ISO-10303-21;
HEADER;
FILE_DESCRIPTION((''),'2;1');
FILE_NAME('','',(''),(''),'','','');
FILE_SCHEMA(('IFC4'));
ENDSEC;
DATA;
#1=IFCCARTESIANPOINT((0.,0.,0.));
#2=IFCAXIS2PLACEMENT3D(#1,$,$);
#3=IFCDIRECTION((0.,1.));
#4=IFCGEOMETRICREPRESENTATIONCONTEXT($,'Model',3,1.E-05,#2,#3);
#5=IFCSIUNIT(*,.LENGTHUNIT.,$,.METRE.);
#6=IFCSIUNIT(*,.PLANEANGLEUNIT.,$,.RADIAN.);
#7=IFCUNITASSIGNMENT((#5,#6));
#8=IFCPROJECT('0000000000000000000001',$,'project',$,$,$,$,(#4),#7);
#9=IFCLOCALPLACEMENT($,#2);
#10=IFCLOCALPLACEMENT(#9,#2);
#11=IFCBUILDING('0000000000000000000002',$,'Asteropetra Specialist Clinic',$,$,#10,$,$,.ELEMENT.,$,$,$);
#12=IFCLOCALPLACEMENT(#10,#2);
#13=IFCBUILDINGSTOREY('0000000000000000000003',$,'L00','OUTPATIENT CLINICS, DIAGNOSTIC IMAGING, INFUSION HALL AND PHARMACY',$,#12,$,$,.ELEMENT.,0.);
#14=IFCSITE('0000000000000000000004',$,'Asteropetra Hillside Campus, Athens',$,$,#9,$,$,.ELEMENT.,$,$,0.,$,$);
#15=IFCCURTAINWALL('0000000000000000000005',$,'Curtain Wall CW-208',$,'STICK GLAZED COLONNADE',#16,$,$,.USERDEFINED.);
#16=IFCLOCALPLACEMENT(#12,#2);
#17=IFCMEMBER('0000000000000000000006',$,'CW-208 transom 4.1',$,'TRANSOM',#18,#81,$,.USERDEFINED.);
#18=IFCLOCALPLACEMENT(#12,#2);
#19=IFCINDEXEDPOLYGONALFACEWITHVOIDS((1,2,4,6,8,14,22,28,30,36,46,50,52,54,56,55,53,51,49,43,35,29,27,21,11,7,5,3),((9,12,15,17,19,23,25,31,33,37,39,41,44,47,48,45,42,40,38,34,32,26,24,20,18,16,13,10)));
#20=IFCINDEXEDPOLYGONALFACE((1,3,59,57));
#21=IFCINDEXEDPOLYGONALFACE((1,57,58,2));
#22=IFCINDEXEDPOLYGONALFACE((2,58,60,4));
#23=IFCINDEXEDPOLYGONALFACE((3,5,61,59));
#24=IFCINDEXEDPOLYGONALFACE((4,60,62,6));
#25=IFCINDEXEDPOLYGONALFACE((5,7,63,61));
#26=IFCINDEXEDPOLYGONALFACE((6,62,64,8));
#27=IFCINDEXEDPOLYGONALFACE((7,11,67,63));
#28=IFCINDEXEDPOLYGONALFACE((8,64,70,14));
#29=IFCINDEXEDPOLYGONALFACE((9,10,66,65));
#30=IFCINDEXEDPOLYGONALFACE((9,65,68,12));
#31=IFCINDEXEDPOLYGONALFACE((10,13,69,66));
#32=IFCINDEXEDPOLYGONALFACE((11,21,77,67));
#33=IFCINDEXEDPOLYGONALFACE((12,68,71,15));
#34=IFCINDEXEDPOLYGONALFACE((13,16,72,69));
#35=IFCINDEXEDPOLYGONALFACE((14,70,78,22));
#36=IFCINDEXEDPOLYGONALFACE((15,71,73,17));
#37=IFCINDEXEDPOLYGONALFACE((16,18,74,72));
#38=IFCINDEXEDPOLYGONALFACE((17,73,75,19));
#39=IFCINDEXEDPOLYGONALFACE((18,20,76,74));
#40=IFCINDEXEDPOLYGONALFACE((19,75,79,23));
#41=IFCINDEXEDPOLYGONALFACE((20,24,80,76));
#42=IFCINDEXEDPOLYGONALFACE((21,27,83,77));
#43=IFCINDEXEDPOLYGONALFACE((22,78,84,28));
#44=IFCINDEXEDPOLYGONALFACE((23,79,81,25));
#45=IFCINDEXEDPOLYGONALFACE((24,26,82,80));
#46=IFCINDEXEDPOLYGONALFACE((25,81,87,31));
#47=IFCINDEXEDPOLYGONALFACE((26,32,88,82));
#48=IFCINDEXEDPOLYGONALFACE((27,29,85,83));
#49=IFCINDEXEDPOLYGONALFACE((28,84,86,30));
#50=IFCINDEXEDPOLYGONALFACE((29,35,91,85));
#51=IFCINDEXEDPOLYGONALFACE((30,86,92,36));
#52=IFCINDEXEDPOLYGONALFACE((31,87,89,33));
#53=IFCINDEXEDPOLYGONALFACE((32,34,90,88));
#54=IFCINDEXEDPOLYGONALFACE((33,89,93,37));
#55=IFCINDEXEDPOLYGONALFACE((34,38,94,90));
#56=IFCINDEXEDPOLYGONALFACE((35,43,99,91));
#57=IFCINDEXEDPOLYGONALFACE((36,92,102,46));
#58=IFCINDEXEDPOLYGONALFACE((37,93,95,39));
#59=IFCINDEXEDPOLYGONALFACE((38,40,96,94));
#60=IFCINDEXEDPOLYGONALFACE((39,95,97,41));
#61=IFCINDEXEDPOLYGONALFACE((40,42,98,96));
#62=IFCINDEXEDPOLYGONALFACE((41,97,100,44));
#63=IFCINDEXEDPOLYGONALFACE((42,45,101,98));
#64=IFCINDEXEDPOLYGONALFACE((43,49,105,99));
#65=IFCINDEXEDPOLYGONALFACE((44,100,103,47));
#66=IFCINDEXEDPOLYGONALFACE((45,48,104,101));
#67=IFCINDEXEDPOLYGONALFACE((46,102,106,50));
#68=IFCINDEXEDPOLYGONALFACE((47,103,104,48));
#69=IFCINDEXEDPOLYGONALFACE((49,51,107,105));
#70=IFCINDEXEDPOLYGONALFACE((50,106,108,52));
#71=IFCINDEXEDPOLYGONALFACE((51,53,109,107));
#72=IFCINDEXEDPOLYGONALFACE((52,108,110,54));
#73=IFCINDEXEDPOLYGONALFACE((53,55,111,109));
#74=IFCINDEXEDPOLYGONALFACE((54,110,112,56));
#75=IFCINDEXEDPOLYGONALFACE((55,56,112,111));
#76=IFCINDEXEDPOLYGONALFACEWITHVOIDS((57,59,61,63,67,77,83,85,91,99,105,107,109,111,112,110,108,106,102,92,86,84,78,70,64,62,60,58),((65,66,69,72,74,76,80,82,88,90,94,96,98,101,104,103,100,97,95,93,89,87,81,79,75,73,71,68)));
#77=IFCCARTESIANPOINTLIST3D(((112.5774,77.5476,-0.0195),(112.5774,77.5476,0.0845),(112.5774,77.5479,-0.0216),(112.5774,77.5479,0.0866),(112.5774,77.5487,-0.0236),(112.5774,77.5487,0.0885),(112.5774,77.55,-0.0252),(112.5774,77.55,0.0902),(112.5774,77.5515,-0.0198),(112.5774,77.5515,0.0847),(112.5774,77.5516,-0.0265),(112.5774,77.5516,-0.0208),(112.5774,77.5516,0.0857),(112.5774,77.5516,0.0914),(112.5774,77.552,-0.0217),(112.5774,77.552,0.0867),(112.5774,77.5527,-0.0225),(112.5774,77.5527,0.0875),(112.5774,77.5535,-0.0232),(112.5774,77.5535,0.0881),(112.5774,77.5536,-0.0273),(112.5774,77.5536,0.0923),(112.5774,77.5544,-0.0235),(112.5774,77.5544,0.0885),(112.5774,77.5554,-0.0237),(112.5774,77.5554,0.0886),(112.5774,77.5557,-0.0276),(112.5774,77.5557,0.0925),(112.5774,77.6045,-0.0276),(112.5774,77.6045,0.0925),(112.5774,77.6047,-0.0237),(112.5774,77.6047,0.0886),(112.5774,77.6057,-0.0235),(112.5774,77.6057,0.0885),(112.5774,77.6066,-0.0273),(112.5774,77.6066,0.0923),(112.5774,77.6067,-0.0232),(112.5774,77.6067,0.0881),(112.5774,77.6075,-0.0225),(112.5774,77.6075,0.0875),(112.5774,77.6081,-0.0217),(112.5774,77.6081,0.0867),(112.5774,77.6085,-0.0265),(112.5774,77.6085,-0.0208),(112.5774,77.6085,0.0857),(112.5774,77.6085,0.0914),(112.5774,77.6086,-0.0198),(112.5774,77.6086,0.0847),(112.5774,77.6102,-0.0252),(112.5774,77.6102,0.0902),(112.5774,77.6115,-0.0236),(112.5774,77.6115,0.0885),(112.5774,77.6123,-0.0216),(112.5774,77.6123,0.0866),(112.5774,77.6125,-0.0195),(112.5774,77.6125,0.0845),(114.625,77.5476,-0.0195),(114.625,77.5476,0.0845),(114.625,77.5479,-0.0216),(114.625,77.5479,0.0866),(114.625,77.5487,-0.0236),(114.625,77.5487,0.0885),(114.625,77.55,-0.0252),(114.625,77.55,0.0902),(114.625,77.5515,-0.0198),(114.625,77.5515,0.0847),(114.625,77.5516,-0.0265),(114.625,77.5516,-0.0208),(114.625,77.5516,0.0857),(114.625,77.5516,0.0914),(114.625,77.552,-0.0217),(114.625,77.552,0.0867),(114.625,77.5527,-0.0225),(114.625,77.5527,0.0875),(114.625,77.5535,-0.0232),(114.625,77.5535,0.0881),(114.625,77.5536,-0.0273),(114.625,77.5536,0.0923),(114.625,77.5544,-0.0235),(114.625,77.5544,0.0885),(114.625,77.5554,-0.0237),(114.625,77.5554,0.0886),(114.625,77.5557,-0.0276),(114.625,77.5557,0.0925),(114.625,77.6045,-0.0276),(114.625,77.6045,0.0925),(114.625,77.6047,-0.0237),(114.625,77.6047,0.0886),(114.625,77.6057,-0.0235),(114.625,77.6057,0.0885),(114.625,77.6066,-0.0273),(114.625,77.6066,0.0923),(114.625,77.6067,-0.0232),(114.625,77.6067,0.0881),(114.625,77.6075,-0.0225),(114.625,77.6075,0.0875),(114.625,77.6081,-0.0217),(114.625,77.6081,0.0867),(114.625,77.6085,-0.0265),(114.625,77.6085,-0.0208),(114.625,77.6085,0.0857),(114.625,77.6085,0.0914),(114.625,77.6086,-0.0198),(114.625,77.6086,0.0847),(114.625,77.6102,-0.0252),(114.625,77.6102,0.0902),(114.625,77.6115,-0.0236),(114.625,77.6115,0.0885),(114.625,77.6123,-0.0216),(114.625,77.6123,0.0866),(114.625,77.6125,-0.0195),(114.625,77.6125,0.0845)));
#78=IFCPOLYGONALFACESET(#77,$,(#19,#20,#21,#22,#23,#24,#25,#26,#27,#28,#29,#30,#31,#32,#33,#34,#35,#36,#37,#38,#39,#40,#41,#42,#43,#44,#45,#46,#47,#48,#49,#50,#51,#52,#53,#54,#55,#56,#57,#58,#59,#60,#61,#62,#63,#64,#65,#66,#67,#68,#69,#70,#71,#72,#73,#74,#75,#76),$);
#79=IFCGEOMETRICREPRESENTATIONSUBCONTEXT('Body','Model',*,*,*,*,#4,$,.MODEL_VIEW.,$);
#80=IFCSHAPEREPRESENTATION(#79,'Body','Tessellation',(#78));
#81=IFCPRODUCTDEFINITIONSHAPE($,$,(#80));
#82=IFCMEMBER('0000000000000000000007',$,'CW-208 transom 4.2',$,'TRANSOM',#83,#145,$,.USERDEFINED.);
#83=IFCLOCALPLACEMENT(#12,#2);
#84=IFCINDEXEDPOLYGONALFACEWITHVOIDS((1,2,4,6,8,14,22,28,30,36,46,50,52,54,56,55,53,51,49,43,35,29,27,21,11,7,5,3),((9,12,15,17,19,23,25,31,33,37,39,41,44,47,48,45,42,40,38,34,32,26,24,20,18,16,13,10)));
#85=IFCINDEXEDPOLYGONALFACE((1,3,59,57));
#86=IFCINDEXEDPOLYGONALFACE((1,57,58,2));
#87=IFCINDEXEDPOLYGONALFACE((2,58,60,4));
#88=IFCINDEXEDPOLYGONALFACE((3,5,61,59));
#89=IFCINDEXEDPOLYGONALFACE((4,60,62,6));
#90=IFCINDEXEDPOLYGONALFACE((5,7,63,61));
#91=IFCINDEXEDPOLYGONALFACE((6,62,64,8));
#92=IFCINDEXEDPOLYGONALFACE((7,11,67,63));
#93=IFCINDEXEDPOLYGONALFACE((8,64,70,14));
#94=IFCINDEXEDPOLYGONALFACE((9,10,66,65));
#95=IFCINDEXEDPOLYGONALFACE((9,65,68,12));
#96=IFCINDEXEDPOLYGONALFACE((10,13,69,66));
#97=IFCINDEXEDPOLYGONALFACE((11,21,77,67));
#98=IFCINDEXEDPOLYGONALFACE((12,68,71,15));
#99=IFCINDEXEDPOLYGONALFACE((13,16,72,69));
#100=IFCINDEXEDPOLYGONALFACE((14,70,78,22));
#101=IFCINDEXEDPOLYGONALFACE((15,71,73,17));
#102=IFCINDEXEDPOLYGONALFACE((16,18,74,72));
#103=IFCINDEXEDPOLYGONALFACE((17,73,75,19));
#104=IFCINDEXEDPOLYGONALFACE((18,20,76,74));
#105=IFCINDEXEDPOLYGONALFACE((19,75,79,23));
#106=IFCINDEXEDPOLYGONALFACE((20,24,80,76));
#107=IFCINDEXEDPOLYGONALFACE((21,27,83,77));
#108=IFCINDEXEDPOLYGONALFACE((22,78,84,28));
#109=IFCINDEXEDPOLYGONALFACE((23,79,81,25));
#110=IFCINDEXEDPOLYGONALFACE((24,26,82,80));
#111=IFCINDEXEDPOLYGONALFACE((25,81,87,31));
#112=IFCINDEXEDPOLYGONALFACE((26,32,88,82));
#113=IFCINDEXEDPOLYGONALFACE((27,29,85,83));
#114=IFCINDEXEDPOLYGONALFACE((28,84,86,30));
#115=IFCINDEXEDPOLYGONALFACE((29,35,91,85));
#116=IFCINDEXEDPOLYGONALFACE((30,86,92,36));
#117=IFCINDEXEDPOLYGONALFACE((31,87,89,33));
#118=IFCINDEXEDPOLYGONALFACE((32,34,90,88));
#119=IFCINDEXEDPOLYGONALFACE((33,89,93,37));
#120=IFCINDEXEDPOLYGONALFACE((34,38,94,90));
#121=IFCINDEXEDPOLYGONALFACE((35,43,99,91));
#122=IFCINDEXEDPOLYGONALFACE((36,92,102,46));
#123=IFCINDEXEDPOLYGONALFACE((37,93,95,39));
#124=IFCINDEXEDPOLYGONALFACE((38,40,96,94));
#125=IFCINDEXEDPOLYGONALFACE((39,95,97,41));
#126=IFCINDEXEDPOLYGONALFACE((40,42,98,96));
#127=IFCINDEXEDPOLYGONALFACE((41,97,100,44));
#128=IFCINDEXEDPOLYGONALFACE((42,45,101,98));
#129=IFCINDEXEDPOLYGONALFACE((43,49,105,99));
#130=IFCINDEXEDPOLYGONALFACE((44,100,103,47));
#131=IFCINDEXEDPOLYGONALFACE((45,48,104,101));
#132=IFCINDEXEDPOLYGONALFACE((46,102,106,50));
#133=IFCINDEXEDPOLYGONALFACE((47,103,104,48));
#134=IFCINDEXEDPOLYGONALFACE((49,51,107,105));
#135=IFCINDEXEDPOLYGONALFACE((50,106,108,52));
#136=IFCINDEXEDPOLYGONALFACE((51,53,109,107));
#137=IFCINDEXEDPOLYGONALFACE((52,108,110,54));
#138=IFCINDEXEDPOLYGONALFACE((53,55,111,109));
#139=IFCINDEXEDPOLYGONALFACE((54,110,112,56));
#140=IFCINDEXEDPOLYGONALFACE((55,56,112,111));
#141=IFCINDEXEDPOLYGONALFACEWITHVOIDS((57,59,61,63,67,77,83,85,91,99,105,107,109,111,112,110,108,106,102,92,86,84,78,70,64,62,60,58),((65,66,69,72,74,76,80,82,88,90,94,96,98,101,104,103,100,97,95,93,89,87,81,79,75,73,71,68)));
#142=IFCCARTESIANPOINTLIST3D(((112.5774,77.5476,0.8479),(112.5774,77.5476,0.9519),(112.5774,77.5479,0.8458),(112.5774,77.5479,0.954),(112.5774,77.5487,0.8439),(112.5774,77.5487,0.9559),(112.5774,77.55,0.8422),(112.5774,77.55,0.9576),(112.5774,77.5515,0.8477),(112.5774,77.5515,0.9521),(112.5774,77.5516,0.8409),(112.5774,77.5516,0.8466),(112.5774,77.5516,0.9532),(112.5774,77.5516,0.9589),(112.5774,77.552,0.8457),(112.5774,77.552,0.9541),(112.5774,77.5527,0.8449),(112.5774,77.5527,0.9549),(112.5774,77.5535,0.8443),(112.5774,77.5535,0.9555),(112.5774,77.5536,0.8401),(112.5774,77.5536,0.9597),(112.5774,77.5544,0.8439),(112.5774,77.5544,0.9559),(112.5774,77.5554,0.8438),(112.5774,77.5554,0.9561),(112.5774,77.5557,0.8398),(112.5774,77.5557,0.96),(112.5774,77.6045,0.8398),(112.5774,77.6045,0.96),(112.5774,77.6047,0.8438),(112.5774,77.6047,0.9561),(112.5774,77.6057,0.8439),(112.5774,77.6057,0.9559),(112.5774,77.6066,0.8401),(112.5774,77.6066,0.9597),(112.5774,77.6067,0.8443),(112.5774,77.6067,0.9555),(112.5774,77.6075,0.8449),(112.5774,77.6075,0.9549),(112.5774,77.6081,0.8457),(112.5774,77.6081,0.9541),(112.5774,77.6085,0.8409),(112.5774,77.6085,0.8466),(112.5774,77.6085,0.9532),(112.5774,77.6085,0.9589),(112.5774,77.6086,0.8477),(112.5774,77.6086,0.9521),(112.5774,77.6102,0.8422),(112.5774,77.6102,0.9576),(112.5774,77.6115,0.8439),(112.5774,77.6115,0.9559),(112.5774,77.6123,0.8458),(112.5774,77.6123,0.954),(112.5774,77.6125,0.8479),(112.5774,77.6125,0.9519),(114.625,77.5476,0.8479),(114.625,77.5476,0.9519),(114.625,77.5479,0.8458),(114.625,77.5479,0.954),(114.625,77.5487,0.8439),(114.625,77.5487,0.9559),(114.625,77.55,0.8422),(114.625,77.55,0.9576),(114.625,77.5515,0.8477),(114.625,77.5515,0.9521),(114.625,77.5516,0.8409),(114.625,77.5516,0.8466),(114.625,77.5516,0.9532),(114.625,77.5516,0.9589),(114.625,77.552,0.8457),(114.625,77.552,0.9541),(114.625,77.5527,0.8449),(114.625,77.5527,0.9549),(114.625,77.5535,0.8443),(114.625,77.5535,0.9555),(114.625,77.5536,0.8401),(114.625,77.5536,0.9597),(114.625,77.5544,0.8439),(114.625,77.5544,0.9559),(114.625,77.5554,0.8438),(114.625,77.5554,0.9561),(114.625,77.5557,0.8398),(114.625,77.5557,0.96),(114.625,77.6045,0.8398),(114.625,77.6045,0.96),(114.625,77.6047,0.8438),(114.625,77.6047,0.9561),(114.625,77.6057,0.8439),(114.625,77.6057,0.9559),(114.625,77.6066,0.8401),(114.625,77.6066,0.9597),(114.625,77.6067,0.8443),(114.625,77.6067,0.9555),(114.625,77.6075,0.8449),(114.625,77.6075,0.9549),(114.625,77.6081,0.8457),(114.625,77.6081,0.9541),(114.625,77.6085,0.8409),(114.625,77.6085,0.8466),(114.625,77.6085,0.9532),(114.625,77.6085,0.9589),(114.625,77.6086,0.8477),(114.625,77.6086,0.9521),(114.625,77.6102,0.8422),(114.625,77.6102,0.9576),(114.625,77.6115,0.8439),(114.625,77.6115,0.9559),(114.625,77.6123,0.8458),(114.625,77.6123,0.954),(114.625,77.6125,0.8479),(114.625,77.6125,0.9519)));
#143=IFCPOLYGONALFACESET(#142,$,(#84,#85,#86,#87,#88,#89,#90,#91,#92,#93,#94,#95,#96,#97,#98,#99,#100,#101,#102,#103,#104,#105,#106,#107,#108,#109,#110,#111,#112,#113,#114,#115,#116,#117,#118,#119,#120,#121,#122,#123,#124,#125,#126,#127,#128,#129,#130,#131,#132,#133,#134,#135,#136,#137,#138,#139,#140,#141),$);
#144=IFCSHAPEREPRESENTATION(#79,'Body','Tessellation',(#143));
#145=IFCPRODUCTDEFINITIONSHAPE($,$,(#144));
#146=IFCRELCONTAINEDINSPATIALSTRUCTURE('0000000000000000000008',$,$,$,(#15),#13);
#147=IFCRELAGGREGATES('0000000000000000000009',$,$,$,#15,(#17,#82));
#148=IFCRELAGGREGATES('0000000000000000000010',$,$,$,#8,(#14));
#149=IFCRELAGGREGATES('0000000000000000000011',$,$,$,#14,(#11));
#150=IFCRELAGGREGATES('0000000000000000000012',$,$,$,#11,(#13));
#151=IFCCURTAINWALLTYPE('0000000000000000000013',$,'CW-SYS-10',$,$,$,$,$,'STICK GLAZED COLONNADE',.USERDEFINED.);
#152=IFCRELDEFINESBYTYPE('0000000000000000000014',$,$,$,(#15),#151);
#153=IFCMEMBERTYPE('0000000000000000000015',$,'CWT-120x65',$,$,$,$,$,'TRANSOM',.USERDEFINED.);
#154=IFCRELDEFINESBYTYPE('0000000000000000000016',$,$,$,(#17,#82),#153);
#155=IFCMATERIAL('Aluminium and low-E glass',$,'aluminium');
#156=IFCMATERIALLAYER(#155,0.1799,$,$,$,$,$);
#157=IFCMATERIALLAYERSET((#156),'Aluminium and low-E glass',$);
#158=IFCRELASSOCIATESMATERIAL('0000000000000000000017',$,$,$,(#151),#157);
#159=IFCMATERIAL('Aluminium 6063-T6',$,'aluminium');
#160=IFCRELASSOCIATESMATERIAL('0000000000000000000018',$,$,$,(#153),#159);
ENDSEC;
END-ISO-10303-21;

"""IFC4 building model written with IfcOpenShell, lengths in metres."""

from ifc_helpers import new_model, si_unit, direction, frame, origin, origin_2d, place, context, subcontext, project, spatial, hollow_rectangle, extrude, material, layer, layer_set, material_profile, profile_set, type_object, element, aggregate, save


model = new_model("IFC4")

# Units and contexts
model_context = context("Model", 3, precision=1e-05, world=origin(), true_north=direction((0.0, 1.0)))
body_context = subcontext(model_context, "Body", "Model", "MODEL_VIEW")
ifc_project = project(units=[si_unit("LENGTHUNIT", "METRE"), si_unit("PLANEANGLEUNIT", "RADIAN")], contexts=[model_context])

# Site, building, storey
site_placement = place(None, origin())
site = spatial("IfcSite", under=ifc_project, at=site_placement, Name="Asteropetra Hillside Campus, Athens", CompositionType="ELEMENT", RefElevation=0.0)
building_placement = place(site_placement, origin())
building = spatial("IfcBuilding", under=site, at=building_placement, Name="Asteropetra Specialist Clinic", CompositionType="ELEMENT")
storey_placement = place(building_placement, origin())
storey = spatial("IfcBuildingStorey", under=building, at=storey_placement, Name="L00", Description="OUTPATIENT CLINICS, DIAGNOSTIC IMAGING, INFUSION HALL AND PHARMACY", CompositionType="ELEMENT", Elevation=0.0)

# Curtain wall, members
ifc_material_1 = material(Name="Aluminium and low-E glass", Category="aluminium")
ifc_layer_1 = layer(ifc_material_1, 0.1799)
ifc_layer_set_1 = layer_set([ifc_layer_1], Name="Aluminium and low-E glass")
curtain_wall_type = type_object("IfcCurtainWallType", Name="CW-SYS-10", ElementType="STICK GLAZED COLONNADE", PredefinedType="USERDEFINED", material=ifc_layer_set_1)
curtain_wall_placement = place(storey_placement, origin())
curtain_wall = element("IfcCurtainWall", 1, at=curtain_wall_placement, inside=storey, type_object=curtain_wall_type, Name="Curtain Wall CW-208", ObjectType="STICK GLAZED COLONNADE", PredefinedType="USERDEFINED")
ifc_material_2 = material(Name="Aluminium 6063-T6", Category="aluminium")
ifc_material_profile_1 = material_profile(ifc_material_2, hollow_rectangle(XDim=0.0649, YDim=0.1201, WallThickness=0.0039, InnerFilletRadius=0.0039, OuterFilletRadius=0.0081, at=origin_2d()), Name="TRN 120x65x4.0")
ifc_profile_set_1 = profile_set([ifc_material_profile_1], Name="Aluminium 6063-T6")
member_type_1 = type_object("IfcMemberType", Name="CWT-120x65", ElementType="TRANSOM", PredefinedType="USERDEFINED", material=ifc_profile_set_1)
member_1_placement = place(storey_placement, frame((112.5774, 77.5801, 0.0325), z_axis=(1.0, 0.0, 0.0), x_axis=(0.0, 1.0, 0.0)))
member_1 = element("IfcMember", 2, at=member_1_placement, type_object=member_type_1, Name="CW-208 transom 4.1", ObjectType="TRANSOM", PredefinedType="USERDEFINED", context=body_context, shape_type="SweptSolid", body=[
    extrude(hollow_rectangle(XDim=0.0649, YDim=0.1201, WallThickness=0.0039, InnerFilletRadius=0.0039, OuterFilletRadius=0.0081, at=origin_2d()), origin(), (0.0, 0.0, 1.0), 2.0476),
])
member_2_placement = place(storey_placement, frame((112.5774, 77.5801, 0.8999), z_axis=(1.0, 0.0, 0.0), x_axis=(0.0, 1.0, 0.0)))
member_2 = element("IfcMember", 3, at=member_2_placement, type_object=member_type_1, Name="CW-208 transom 4.2", ObjectType="TRANSOM", PredefinedType="USERDEFINED", context=body_context, shape_type="SweptSolid", body=[
    extrude(hollow_rectangle(XDim=0.0649, YDim=0.1201, WallThickness=0.0039, InnerFilletRadius=0.0039, OuterFilletRadius=0.0081, at=origin_2d()), origin(), (0.0, 0.0, 1.0), 2.0476),
])
aggregate(curtain_wall, [member_1, member_2])

save(model, "model.ifc")
